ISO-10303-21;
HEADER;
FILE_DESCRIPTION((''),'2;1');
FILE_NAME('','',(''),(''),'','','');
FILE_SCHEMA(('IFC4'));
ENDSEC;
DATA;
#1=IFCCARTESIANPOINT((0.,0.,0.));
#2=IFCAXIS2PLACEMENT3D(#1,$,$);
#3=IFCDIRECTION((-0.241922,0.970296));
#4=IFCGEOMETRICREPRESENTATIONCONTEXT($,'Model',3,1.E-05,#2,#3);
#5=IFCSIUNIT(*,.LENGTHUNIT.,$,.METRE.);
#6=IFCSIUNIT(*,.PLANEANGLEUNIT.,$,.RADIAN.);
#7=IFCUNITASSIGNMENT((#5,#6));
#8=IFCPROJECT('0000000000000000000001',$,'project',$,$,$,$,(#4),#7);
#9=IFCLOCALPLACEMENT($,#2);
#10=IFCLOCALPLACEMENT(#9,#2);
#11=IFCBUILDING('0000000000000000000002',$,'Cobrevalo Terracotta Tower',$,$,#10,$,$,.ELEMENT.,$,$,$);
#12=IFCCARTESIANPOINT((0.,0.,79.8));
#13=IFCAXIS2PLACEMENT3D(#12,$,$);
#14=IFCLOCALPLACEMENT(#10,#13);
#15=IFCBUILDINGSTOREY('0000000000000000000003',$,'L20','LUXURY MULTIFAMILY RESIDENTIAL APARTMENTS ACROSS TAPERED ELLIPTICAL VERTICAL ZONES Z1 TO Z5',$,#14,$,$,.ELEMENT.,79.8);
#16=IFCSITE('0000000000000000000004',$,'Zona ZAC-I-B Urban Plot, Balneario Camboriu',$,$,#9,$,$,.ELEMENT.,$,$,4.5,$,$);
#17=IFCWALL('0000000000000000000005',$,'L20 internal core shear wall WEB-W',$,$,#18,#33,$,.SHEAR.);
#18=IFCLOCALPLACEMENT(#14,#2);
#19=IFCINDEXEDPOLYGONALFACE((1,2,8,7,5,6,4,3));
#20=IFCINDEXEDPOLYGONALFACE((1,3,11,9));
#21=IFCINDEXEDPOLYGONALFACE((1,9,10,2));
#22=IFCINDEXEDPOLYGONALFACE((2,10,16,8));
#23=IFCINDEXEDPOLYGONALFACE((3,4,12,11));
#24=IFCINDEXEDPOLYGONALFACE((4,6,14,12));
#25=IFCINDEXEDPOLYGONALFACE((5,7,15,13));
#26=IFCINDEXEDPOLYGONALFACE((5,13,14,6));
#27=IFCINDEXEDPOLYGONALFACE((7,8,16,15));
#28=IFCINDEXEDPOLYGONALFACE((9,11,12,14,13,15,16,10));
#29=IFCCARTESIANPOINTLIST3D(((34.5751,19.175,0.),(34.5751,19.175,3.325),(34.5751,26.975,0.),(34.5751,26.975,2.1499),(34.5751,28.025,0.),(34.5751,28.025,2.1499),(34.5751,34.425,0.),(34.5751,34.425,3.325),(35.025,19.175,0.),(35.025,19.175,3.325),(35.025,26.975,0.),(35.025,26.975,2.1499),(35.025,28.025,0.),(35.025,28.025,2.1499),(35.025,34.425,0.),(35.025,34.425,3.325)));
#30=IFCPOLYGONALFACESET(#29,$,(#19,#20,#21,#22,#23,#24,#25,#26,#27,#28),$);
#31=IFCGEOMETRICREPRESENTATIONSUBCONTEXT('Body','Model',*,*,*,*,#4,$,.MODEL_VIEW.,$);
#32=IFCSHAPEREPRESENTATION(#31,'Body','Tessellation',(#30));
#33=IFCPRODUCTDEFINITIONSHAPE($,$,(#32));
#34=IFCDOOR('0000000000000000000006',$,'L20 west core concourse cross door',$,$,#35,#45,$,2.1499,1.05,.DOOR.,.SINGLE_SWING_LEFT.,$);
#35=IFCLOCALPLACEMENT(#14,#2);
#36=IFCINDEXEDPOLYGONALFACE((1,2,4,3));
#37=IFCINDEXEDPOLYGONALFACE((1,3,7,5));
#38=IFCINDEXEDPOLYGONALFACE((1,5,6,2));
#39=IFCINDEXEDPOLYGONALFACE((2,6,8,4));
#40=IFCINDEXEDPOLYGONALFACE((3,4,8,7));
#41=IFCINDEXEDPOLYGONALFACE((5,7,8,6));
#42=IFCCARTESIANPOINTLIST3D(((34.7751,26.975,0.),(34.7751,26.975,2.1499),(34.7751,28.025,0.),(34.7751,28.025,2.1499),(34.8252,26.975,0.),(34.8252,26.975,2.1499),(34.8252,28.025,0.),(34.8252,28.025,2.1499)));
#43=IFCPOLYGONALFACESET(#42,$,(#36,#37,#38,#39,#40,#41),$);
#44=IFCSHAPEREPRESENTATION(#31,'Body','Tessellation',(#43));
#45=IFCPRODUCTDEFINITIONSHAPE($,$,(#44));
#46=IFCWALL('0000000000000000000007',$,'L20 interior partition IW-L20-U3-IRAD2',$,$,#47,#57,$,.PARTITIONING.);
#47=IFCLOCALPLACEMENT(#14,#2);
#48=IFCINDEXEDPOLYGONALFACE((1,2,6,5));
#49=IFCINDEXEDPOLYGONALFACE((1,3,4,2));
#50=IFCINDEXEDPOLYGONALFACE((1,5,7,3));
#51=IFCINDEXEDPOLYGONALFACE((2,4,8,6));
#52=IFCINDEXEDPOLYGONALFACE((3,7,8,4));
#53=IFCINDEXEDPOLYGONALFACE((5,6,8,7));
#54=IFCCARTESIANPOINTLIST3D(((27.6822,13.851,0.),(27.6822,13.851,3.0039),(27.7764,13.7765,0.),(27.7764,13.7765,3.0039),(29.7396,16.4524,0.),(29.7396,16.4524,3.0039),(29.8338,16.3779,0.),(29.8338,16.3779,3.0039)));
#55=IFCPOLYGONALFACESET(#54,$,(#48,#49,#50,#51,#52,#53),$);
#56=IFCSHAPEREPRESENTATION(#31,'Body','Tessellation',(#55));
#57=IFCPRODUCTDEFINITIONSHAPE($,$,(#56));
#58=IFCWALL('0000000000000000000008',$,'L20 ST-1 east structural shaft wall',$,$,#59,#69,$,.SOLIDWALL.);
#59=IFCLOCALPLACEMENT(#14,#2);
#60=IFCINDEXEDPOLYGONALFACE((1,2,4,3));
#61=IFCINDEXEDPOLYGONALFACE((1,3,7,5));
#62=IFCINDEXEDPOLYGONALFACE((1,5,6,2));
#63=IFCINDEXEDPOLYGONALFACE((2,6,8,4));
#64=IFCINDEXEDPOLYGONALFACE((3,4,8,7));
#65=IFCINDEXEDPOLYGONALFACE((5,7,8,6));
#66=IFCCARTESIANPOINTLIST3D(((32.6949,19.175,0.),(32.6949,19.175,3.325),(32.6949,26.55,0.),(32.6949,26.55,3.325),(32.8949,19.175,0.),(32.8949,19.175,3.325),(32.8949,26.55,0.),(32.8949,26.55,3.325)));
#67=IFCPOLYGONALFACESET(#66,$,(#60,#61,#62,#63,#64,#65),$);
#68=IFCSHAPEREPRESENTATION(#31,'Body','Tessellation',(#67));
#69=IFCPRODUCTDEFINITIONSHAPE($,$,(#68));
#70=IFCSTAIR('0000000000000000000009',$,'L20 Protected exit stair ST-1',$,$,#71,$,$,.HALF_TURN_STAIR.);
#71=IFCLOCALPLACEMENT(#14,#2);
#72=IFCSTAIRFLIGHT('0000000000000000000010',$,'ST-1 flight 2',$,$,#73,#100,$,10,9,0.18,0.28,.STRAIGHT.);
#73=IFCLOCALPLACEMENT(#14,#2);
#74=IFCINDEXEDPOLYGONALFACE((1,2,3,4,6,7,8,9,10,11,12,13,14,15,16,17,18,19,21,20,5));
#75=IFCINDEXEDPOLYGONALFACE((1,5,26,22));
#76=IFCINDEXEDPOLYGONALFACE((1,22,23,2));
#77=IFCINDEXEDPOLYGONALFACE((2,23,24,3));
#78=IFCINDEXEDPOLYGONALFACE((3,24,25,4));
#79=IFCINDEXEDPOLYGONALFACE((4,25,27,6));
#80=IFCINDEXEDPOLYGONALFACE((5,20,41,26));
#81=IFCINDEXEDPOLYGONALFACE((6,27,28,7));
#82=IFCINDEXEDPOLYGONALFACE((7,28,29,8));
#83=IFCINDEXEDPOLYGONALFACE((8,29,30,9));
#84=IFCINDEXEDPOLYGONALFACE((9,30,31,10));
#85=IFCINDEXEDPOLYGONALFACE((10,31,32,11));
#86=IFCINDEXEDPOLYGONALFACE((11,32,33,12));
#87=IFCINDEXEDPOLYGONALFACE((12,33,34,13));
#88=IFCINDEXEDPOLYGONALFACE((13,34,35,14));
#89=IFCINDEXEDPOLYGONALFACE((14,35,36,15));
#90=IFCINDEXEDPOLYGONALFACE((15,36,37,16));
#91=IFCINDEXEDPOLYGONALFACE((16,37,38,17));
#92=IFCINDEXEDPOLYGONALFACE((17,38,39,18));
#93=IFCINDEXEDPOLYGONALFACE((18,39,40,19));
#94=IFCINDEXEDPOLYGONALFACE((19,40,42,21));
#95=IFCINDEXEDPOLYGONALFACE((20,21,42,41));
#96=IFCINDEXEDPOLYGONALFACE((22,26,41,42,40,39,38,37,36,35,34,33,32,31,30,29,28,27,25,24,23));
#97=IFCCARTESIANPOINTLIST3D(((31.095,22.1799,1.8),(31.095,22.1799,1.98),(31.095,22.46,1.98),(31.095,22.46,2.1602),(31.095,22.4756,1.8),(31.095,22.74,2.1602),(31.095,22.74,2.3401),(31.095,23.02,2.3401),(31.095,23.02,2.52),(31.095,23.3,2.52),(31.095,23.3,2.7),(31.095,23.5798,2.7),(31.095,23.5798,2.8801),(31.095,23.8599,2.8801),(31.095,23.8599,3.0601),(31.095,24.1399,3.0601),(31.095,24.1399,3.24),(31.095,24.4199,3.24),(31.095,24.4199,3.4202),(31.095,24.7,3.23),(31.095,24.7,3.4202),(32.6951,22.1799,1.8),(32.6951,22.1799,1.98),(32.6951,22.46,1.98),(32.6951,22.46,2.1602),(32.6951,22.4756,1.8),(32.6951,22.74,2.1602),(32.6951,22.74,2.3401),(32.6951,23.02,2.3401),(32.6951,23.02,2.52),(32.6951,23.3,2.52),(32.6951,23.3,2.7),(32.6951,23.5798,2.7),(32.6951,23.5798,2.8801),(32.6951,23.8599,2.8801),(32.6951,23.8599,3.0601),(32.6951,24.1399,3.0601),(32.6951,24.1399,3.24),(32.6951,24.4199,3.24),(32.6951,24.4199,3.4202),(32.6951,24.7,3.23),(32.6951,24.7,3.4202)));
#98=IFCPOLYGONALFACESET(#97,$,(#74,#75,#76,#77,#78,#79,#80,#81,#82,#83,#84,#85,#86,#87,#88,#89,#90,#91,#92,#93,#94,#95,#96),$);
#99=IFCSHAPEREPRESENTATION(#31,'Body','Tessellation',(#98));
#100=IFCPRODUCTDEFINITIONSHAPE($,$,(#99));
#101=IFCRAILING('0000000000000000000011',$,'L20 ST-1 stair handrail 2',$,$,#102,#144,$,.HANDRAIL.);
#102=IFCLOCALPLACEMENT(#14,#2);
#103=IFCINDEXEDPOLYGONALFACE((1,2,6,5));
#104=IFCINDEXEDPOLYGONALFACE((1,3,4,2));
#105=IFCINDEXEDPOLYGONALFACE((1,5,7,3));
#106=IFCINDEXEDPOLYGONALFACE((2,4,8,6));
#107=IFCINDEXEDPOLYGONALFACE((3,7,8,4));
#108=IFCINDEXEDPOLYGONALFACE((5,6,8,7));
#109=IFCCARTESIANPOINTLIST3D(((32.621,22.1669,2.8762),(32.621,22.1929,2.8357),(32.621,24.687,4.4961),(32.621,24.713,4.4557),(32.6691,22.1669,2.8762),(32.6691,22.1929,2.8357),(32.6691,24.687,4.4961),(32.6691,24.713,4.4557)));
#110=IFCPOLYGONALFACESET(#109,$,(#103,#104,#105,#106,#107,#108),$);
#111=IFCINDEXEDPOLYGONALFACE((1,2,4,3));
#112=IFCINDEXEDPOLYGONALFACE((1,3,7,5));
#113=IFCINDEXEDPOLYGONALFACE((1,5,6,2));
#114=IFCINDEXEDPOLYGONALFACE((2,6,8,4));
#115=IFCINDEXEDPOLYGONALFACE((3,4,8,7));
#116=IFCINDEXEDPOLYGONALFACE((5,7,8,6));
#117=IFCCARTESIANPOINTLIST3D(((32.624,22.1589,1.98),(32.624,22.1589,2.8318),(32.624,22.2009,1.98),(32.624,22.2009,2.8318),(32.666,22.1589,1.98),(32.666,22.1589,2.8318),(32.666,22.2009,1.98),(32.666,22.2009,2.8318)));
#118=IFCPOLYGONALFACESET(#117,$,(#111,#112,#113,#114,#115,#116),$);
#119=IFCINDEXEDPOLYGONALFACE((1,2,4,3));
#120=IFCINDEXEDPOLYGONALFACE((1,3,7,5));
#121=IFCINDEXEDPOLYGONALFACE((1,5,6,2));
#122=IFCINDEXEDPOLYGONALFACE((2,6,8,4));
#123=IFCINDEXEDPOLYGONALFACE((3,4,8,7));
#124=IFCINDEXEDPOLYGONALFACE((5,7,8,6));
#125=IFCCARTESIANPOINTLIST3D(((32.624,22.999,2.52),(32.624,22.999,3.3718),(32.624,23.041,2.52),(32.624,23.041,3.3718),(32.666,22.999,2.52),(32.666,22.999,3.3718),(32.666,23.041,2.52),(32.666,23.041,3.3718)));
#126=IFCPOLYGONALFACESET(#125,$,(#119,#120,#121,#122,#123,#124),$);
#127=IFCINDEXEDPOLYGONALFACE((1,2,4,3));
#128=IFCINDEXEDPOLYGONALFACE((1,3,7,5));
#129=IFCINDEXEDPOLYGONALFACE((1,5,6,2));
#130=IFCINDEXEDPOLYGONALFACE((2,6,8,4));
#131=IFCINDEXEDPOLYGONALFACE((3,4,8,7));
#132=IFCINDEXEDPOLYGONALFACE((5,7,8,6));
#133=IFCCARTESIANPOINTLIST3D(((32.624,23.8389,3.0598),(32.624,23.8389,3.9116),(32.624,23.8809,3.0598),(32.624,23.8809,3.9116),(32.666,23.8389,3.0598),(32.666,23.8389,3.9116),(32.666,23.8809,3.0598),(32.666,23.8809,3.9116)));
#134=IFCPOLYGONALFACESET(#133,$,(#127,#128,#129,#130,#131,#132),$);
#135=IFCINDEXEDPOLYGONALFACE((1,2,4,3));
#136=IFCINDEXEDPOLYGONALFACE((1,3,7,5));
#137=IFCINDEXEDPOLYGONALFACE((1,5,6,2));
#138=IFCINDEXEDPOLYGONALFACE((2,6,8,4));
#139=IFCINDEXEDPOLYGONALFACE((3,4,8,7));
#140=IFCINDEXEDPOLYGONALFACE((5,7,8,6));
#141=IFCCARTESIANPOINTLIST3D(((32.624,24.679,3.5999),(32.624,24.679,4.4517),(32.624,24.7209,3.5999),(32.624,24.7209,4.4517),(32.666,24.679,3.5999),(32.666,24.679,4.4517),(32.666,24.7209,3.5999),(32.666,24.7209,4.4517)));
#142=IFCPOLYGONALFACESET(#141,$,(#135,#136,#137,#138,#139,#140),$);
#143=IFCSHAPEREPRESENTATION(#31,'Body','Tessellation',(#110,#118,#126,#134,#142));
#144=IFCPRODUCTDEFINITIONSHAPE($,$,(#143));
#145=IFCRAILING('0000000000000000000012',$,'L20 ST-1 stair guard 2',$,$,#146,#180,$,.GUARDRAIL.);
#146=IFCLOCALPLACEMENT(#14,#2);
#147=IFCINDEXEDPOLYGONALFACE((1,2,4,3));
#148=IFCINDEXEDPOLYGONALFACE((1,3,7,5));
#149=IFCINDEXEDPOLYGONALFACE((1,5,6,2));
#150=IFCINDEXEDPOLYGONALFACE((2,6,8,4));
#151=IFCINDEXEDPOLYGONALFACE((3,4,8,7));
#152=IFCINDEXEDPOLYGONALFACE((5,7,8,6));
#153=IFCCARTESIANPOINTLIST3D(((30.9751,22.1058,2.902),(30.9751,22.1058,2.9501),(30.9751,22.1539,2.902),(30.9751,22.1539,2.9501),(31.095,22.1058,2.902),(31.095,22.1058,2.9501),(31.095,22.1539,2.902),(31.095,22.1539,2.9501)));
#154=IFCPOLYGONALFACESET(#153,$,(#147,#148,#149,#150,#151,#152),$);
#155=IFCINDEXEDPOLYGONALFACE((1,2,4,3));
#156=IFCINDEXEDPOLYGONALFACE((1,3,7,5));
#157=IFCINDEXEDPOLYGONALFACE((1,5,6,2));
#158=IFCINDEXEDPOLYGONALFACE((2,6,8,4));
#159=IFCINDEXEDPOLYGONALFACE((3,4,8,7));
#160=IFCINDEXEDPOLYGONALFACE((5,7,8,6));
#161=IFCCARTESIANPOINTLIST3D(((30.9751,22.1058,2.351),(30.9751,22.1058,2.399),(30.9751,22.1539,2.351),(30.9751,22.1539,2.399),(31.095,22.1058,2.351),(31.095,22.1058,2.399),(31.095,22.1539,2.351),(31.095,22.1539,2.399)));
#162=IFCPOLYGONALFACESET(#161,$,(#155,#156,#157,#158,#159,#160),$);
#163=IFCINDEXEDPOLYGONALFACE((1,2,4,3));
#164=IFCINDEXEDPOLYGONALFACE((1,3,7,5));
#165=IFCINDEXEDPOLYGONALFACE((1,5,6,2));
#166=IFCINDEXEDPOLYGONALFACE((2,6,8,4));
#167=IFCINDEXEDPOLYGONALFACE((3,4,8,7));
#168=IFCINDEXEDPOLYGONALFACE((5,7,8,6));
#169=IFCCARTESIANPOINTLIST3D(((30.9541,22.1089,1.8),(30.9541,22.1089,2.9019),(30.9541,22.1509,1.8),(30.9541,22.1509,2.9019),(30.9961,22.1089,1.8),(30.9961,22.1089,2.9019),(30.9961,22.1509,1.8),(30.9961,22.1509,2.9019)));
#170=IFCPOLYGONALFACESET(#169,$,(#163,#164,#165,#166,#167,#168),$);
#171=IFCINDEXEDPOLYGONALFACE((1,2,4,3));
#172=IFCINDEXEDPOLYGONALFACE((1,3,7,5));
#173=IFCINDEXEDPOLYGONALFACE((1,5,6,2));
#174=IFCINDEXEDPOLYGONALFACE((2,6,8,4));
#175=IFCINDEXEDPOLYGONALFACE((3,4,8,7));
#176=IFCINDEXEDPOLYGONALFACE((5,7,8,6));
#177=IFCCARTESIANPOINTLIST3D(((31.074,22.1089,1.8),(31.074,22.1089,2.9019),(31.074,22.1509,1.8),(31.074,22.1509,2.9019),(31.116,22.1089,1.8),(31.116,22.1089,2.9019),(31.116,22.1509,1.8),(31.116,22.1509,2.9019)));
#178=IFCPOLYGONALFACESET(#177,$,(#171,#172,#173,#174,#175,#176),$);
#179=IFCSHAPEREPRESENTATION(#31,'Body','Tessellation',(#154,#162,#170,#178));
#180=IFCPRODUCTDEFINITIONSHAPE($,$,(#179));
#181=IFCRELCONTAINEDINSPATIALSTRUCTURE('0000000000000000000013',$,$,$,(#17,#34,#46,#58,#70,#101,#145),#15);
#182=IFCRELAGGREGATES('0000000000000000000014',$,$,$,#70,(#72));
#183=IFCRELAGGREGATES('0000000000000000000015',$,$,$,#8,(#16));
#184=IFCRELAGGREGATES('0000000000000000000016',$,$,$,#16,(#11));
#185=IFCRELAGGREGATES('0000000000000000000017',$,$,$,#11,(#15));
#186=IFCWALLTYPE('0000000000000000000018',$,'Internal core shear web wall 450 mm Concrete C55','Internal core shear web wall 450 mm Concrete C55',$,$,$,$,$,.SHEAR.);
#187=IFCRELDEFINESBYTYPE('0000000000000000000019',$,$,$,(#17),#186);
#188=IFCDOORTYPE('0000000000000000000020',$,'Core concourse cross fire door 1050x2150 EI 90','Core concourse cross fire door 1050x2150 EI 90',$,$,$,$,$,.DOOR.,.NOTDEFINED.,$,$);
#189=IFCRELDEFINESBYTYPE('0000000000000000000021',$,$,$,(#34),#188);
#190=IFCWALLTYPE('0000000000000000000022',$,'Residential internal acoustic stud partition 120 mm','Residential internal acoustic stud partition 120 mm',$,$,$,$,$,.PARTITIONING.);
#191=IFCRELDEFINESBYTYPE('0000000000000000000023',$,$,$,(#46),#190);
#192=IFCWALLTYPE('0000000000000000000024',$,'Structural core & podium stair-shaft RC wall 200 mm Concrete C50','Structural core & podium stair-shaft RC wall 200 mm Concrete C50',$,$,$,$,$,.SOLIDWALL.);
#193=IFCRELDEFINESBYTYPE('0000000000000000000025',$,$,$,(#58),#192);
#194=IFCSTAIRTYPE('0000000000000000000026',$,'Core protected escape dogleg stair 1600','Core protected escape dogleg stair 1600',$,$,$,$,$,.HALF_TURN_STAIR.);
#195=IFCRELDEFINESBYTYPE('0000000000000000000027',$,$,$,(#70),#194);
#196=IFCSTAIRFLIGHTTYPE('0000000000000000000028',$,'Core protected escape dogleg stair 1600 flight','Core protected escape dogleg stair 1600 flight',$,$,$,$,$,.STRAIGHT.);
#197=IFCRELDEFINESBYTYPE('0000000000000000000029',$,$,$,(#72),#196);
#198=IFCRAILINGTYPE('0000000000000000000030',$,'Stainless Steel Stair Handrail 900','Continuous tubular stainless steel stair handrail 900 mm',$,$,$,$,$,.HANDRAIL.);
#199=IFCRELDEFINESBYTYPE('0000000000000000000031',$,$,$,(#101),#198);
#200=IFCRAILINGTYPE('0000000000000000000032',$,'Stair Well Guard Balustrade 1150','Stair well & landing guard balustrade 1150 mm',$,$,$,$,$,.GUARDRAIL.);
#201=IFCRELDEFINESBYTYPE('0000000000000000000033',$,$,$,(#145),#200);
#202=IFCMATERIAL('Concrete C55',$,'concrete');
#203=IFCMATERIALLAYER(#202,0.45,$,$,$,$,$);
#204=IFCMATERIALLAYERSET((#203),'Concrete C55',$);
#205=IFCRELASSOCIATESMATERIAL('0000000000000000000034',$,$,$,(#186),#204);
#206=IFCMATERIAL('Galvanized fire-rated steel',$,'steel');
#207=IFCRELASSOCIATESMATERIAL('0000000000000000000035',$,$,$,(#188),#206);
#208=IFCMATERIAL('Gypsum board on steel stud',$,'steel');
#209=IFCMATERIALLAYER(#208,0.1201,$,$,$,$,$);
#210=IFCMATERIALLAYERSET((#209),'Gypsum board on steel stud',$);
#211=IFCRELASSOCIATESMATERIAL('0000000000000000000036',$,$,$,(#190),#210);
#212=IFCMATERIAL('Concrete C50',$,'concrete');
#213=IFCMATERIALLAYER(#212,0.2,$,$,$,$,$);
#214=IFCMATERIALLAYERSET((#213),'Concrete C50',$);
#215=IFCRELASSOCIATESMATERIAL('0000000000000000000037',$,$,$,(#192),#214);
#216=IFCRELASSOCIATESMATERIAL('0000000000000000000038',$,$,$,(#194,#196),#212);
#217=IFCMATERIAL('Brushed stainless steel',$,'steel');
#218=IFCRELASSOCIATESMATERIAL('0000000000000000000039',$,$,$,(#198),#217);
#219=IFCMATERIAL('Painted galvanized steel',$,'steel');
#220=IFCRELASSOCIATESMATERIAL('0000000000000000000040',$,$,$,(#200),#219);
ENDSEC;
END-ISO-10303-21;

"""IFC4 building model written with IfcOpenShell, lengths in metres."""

from ifc_helpers import new_model, si_unit, direction, frame, frame_2d, origin, origin_2d, place, context, subcontext, project, spatial, polyline, rectangle, outline, extrude, source, transform, mapped, material, layer, layer_set, type_object, element, fill, aggregate, save


model = new_model("IFC4")

# Units and contexts
model_context = context("Model", 3, precision=1e-05, world=origin(), true_north=direction((-0.241922, 0.970296)))
body_context = subcontext(model_context, "Body", "Model", "MODEL_VIEW")
ifc_project = project(units=[si_unit("LENGTHUNIT", "METRE"), si_unit("PLANEANGLEUNIT", "RADIAN")], contexts=[model_context])

# Site, building, storey
site_placement = place(None, origin())
site = spatial("IfcSite", under=ifc_project, at=site_placement, Name="Zona ZAC-I-B Urban Plot, Balneario Camboriu", CompositionType="ELEMENT", RefElevation=4.5)
building_placement = place(site_placement, origin())
building = spatial("IfcBuilding", under=site, at=building_placement, Name="Cobrevalo Terracotta Tower", CompositionType="ELEMENT")
storey_placement = place(building_placement, frame((0.0, 0.0, 79.8)))
storey = spatial("IfcBuildingStorey", under=building, at=storey_placement, Name="L20", Description="LUXURY MULTIFAMILY RESIDENTIAL APARTMENTS ACROSS TAPERED ELLIPTICAL VERTICAL ZONES Z1 TO Z5", CompositionType="ELEMENT", Elevation=79.8)

# Shared definitions
ifc_material_1 = material(Name="Galvanized fire-rated steel", Category="steel")

# Shared definitions
ifc_material_2 = material(Name="Gypsum board on steel stud", Category="steel")

# Wall, opening, door
ifc_material_3 = material(Name="Concrete C55", Category="concrete")
ifc_layer_1 = layer(ifc_material_3, 0.45)
ifc_layer_set_1 = layer_set([ifc_layer_1], Name="Concrete C55")
wall_type_1 = type_object("IfcWallType", Name="Internal core shear web wall 450 mm Concrete C55", Description="Internal core shear web wall 450 mm Concrete C55", PredefinedType="SHEAR", material=ifc_layer_set_1)
wall_1_placement = place(storey_placement, frame((34.8, 19.175, 0.0), z_axis=(0.0, 0.0, 1.0), x_axis=(0.0, 1.0, 0.0)))
wall_1 = element("IfcWall", 1, at=wall_1_placement, inside=storey, type_object=wall_type_1, Name="L20 internal core shear wall WEB-W", PredefinedType="SHEAR", context=body_context, shape_type="SweptSolid", body=[
    extrude(rectangle(XDim=15.25, YDim=0.45, at=frame_2d((7.625, 0.0))), origin(), (0.0, 0.0, 1.0), 3.325),
])
opening_1_placement = place(wall_1_placement, frame((7.8, 0.0, 0.0)))
opening_1 = element("IfcOpeningElement", 2, at=opening_1_placement, cuts=wall_1, PredefinedType="OPENING", context=body_context, shape_type="SweptSolid", body=[
    extrude(rectangle(XDim=1.05, YDim=2.1499, at=frame_2d((0.5249, 1.075))), frame((0.0, 0.2349, 0.0), z_axis=(0.0, -1.0, 0.0), x_axis=(1.0, 0.0, 0.0)), (0.0, 0.0, 1.0), 0.47),
])
door_type_1 = type_object("IfcDoorType", Name="Core concourse cross fire door 1050x2150 EI 90", Description="Core concourse cross fire door 1050x2150 EI 90", OperationType="NOTDEFINED", PredefinedType="DOOR", material=ifc_material_1)
shared_shape_1 = source(origin(), body_context, "Body", "SweptSolid", [
    extrude(rectangle(XDim=1.05, YDim=2.1499, at=frame_2d((0.5249, 1.075))), frame((0.0, 0.0249, 0.0), z_axis=(0.0, -1.0, 0.0), x_axis=(1.0, 0.0, 0.0)), (0.0, 0.0, 1.0), 0.05),
])
door_1_placement = place(opening_1_placement, origin())
door_1 = element("IfcDoor", 3, at=door_1_placement, inside=storey, type_object=door_type_1, Name="L20 west core concourse cross door", OperationType="SINGLE_SWING_LEFT", OverallHeight=2.1499, OverallWidth=1.05, PredefinedType="DOOR", context=body_context, shape_type="MappedRepresentation", body=[
    mapped(shared_shape_1, transform((0.0, 0.0, 0.0), scale=1.0)),
])
fill(opening_1, door_1)
ifc_layer_2 = layer(ifc_material_2, 0.1201)
ifc_layer_set_2 = layer_set([ifc_layer_2], Name="Gypsum board on steel stud")
wall_type_2 = type_object("IfcWallType", Name="Residential internal acoustic stud partition 120 mm", Description="Residential internal acoustic stud partition 120 mm", PredefinedType="PARTITIONING", material=ifc_layer_set_2)

# Wall
wall_2_placement = place(storey_placement, frame((29.7866, 16.415, 0.0), z_axis=(0.0, 0.0, 1.0), x_axis=(-0.620331, -0.78434, 0.0)))
element("IfcWall", 4, at=wall_2_placement, inside=storey, type_object=wall_type_2, Name="L20 interior partition IW-L20-U3-IRAD2", PredefinedType="PARTITIONING", context=body_context, shape_type="SweptSolid", body=[
    extrude(rectangle(XDim=3.3167, YDim=0.1201, at=frame_2d((1.6582, 0.0))), origin(), (0.0, 0.0, 1.0), 3.0039),
])

# Wall
ifc_material_4 = material(Name="Concrete C50", Category="concrete")
ifc_layer_3 = layer(ifc_material_4, 0.2)
ifc_layer_set_3 = layer_set([ifc_layer_3], Name="Concrete C50")
wall_type_3 = type_object("IfcWallType", Name="Structural core & podium stair-shaft RC wall 200 mm Concrete C50", Description="Structural core & podium stair-shaft RC wall 200 mm Concrete C50", PredefinedType="SOLIDWALL", material=ifc_layer_set_3)
wall_3_placement = place(storey_placement, frame((32.7949, 19.175, 0.0), z_axis=(0.0, 0.0, 1.0), x_axis=(0.0, 1.0, 0.0)))
element("IfcWall", 5, at=wall_3_placement, inside=storey, type_object=wall_type_3, Name="L20 ST-1 east structural shaft wall", PredefinedType="SOLIDWALL", context=body_context, shape_type="SweptSolid", body=[
    extrude(rectangle(XDim=7.375, YDim=0.2, at=frame_2d((3.6875, 0.0))), origin(), (0.0, 0.0, 1.0), 3.325),
])

# Stair, stair flight
stair_type = type_object("IfcStairType", Name="Core protected escape dogleg stair 1600", Description="Core protected escape dogleg stair 1600", PredefinedType="HALF_TURN_STAIR", material=ifc_material_4)
stair_placement = place(storey_placement, origin())
stair = element("IfcStair", 6, at=stair_placement, inside=storey, type_object=stair_type, Name="L20 Protected exit stair ST-1", PredefinedType="HALF_TURN_STAIR")
stair_flight_type = type_object("IfcStairFlightType", Name="Core protected escape dogleg stair 1600 flight", Description="Core protected escape dogleg stair 1600 flight", PredefinedType="STRAIGHT", material=ifc_material_4)
stair_flight_placement = place(storey_placement, frame((31.895, 22.1799, 1.8), z_axis=(0.0, 0.0, 1.0), x_axis=(0.0, 1.0, 0.0)))
stair_flight = element("IfcStairFlight", 7, at=stair_flight_placement, type_object=stair_flight_type, Name="ST-1 flight 2", NumberOfRisers=10, NumberOfTreads=9, PredefinedType="STRAIGHT", RiserHeight=0.18, TreadLength=0.28, context=body_context, shape_type="SweptSolid", body=[
    extrude(outline(polyline([(0.0, 0.0), (0.0, 0.1799), (0.28, 0.1799), (0.28, 0.3601), (0.5601, 0.3601), (0.5601, 0.54), (0.8401, 0.54), (0.8401, 0.72), (1.1201, 0.72), (1.1201, 0.8999), (1.3999, 0.8999), (1.3999, 1.0801), (1.6799, 1.0801), (1.6799, 1.26), (1.96, 1.26), (1.96, 1.4399), (2.24, 1.4399), (2.24, 1.6201), (2.52, 1.6201), (2.52, 1.8), (2.52, 1.4299), (0.2957, 0.0), (0.0, 0.0)])), frame((0.0, 0.8, 0.0), z_axis=(0.0, -1.0, 0.0), x_axis=(1.0, 0.0, 0.0)), (0.0, 0.0, 1.0), 1.6001),
])
aggregate(stair, [stair_flight])

# Railings
ifc_material_5 = material(Name="Brushed stainless steel", Category="steel")
railing_type_1 = type_object("IfcRailingType", Name="Stainless Steel Stair Handrail 900", Description="Continuous tubular stainless steel stair handrail 900 mm", PredefinedType="HANDRAIL", material=ifc_material_5)
railing_1_placement = place(storey_placement, frame((32.645, 22.1799, 1.98)))
element("IfcRailing", 8, at=railing_1_placement, inside=storey, type_object=railing_type_1, Name="L20 ST-1 stair handrail 2", PredefinedType="HANDRAIL", context=body_context, shape_type="SweptSolid", body=[
    extrude(rectangle(XDim=0.0481, YDim=0.0481, at=origin_2d()), frame((0.0, 0.0, 0.876), z_axis=(0.0, 0.8412, 0.540725), x_axis=(-1.0, 0.0, 0.0)), (0.0, 0.0, 1.0), 2.9958),
    extrude(rectangle(XDim=0.042, YDim=0.042, at=origin_2d()), origin(), (0.0, 0.0, 1.0), 0.8518),
    extrude(rectangle(XDim=0.042, YDim=0.042, at=origin_2d()), frame((0.0, 0.8401, 0.54)), (0.0, 0.0, 1.0), 0.8518),
    extrude(rectangle(XDim=0.042, YDim=0.042, at=origin_2d()), frame((0.0, 1.6799, 1.0798)), (0.0, 0.0, 1.0), 0.8518),
    extrude(rectangle(XDim=0.042, YDim=0.042, at=origin_2d()), frame((0.0, 2.52, 1.6199)), (0.0, 0.0, 1.0), 0.8518),
])
ifc_material_6 = material(Name="Painted galvanized steel", Category="steel")
railing_type_2 = type_object("IfcRailingType", Name="Stair Well Guard Balustrade 1150", Description="Stair well & landing guard balustrade 1150 mm", PredefinedType="GUARDRAIL", material=ifc_material_6)
railing_2_placement = place(storey_placement, frame((30.9751, 22.1299, 1.8)))
element("IfcRailing", 9, at=railing_2_placement, inside=storey, type_object=railing_type_2, Name="L20 ST-1 stair guard 2", PredefinedType="GUARDRAIL", context=body_context, shape_type="SweptSolid", body=[
    extrude(rectangle(XDim=0.0481, YDim=0.0481, at=origin_2d()), frame((0.0, 0.0, 1.126), z_axis=(1.0, 0.0, 0.0), x_axis=(0.0, 1.0, 0.0)), (0.0, 0.0, 1.0), 0.1199),
    extrude(rectangle(XDim=0.0481, YDim=0.0481, at=origin_2d()), frame((0.0, 0.0, 0.575), z_axis=(1.0, 0.0, 0.0), x_axis=(0.0, 1.0, 0.0)), (0.0, 0.0, 1.0), 0.1199),
    extrude(rectangle(XDim=0.042, YDim=0.042, at=origin_2d()), origin(), (0.0, 0.0, 1.0), 1.1018),
    extrude(rectangle(XDim=0.042, YDim=0.042, at=origin_2d()), frame((0.1199, 0.0, 0.0)), (0.0, 0.0, 1.0), 1.1018),
])

save(model, "model.ifc")
